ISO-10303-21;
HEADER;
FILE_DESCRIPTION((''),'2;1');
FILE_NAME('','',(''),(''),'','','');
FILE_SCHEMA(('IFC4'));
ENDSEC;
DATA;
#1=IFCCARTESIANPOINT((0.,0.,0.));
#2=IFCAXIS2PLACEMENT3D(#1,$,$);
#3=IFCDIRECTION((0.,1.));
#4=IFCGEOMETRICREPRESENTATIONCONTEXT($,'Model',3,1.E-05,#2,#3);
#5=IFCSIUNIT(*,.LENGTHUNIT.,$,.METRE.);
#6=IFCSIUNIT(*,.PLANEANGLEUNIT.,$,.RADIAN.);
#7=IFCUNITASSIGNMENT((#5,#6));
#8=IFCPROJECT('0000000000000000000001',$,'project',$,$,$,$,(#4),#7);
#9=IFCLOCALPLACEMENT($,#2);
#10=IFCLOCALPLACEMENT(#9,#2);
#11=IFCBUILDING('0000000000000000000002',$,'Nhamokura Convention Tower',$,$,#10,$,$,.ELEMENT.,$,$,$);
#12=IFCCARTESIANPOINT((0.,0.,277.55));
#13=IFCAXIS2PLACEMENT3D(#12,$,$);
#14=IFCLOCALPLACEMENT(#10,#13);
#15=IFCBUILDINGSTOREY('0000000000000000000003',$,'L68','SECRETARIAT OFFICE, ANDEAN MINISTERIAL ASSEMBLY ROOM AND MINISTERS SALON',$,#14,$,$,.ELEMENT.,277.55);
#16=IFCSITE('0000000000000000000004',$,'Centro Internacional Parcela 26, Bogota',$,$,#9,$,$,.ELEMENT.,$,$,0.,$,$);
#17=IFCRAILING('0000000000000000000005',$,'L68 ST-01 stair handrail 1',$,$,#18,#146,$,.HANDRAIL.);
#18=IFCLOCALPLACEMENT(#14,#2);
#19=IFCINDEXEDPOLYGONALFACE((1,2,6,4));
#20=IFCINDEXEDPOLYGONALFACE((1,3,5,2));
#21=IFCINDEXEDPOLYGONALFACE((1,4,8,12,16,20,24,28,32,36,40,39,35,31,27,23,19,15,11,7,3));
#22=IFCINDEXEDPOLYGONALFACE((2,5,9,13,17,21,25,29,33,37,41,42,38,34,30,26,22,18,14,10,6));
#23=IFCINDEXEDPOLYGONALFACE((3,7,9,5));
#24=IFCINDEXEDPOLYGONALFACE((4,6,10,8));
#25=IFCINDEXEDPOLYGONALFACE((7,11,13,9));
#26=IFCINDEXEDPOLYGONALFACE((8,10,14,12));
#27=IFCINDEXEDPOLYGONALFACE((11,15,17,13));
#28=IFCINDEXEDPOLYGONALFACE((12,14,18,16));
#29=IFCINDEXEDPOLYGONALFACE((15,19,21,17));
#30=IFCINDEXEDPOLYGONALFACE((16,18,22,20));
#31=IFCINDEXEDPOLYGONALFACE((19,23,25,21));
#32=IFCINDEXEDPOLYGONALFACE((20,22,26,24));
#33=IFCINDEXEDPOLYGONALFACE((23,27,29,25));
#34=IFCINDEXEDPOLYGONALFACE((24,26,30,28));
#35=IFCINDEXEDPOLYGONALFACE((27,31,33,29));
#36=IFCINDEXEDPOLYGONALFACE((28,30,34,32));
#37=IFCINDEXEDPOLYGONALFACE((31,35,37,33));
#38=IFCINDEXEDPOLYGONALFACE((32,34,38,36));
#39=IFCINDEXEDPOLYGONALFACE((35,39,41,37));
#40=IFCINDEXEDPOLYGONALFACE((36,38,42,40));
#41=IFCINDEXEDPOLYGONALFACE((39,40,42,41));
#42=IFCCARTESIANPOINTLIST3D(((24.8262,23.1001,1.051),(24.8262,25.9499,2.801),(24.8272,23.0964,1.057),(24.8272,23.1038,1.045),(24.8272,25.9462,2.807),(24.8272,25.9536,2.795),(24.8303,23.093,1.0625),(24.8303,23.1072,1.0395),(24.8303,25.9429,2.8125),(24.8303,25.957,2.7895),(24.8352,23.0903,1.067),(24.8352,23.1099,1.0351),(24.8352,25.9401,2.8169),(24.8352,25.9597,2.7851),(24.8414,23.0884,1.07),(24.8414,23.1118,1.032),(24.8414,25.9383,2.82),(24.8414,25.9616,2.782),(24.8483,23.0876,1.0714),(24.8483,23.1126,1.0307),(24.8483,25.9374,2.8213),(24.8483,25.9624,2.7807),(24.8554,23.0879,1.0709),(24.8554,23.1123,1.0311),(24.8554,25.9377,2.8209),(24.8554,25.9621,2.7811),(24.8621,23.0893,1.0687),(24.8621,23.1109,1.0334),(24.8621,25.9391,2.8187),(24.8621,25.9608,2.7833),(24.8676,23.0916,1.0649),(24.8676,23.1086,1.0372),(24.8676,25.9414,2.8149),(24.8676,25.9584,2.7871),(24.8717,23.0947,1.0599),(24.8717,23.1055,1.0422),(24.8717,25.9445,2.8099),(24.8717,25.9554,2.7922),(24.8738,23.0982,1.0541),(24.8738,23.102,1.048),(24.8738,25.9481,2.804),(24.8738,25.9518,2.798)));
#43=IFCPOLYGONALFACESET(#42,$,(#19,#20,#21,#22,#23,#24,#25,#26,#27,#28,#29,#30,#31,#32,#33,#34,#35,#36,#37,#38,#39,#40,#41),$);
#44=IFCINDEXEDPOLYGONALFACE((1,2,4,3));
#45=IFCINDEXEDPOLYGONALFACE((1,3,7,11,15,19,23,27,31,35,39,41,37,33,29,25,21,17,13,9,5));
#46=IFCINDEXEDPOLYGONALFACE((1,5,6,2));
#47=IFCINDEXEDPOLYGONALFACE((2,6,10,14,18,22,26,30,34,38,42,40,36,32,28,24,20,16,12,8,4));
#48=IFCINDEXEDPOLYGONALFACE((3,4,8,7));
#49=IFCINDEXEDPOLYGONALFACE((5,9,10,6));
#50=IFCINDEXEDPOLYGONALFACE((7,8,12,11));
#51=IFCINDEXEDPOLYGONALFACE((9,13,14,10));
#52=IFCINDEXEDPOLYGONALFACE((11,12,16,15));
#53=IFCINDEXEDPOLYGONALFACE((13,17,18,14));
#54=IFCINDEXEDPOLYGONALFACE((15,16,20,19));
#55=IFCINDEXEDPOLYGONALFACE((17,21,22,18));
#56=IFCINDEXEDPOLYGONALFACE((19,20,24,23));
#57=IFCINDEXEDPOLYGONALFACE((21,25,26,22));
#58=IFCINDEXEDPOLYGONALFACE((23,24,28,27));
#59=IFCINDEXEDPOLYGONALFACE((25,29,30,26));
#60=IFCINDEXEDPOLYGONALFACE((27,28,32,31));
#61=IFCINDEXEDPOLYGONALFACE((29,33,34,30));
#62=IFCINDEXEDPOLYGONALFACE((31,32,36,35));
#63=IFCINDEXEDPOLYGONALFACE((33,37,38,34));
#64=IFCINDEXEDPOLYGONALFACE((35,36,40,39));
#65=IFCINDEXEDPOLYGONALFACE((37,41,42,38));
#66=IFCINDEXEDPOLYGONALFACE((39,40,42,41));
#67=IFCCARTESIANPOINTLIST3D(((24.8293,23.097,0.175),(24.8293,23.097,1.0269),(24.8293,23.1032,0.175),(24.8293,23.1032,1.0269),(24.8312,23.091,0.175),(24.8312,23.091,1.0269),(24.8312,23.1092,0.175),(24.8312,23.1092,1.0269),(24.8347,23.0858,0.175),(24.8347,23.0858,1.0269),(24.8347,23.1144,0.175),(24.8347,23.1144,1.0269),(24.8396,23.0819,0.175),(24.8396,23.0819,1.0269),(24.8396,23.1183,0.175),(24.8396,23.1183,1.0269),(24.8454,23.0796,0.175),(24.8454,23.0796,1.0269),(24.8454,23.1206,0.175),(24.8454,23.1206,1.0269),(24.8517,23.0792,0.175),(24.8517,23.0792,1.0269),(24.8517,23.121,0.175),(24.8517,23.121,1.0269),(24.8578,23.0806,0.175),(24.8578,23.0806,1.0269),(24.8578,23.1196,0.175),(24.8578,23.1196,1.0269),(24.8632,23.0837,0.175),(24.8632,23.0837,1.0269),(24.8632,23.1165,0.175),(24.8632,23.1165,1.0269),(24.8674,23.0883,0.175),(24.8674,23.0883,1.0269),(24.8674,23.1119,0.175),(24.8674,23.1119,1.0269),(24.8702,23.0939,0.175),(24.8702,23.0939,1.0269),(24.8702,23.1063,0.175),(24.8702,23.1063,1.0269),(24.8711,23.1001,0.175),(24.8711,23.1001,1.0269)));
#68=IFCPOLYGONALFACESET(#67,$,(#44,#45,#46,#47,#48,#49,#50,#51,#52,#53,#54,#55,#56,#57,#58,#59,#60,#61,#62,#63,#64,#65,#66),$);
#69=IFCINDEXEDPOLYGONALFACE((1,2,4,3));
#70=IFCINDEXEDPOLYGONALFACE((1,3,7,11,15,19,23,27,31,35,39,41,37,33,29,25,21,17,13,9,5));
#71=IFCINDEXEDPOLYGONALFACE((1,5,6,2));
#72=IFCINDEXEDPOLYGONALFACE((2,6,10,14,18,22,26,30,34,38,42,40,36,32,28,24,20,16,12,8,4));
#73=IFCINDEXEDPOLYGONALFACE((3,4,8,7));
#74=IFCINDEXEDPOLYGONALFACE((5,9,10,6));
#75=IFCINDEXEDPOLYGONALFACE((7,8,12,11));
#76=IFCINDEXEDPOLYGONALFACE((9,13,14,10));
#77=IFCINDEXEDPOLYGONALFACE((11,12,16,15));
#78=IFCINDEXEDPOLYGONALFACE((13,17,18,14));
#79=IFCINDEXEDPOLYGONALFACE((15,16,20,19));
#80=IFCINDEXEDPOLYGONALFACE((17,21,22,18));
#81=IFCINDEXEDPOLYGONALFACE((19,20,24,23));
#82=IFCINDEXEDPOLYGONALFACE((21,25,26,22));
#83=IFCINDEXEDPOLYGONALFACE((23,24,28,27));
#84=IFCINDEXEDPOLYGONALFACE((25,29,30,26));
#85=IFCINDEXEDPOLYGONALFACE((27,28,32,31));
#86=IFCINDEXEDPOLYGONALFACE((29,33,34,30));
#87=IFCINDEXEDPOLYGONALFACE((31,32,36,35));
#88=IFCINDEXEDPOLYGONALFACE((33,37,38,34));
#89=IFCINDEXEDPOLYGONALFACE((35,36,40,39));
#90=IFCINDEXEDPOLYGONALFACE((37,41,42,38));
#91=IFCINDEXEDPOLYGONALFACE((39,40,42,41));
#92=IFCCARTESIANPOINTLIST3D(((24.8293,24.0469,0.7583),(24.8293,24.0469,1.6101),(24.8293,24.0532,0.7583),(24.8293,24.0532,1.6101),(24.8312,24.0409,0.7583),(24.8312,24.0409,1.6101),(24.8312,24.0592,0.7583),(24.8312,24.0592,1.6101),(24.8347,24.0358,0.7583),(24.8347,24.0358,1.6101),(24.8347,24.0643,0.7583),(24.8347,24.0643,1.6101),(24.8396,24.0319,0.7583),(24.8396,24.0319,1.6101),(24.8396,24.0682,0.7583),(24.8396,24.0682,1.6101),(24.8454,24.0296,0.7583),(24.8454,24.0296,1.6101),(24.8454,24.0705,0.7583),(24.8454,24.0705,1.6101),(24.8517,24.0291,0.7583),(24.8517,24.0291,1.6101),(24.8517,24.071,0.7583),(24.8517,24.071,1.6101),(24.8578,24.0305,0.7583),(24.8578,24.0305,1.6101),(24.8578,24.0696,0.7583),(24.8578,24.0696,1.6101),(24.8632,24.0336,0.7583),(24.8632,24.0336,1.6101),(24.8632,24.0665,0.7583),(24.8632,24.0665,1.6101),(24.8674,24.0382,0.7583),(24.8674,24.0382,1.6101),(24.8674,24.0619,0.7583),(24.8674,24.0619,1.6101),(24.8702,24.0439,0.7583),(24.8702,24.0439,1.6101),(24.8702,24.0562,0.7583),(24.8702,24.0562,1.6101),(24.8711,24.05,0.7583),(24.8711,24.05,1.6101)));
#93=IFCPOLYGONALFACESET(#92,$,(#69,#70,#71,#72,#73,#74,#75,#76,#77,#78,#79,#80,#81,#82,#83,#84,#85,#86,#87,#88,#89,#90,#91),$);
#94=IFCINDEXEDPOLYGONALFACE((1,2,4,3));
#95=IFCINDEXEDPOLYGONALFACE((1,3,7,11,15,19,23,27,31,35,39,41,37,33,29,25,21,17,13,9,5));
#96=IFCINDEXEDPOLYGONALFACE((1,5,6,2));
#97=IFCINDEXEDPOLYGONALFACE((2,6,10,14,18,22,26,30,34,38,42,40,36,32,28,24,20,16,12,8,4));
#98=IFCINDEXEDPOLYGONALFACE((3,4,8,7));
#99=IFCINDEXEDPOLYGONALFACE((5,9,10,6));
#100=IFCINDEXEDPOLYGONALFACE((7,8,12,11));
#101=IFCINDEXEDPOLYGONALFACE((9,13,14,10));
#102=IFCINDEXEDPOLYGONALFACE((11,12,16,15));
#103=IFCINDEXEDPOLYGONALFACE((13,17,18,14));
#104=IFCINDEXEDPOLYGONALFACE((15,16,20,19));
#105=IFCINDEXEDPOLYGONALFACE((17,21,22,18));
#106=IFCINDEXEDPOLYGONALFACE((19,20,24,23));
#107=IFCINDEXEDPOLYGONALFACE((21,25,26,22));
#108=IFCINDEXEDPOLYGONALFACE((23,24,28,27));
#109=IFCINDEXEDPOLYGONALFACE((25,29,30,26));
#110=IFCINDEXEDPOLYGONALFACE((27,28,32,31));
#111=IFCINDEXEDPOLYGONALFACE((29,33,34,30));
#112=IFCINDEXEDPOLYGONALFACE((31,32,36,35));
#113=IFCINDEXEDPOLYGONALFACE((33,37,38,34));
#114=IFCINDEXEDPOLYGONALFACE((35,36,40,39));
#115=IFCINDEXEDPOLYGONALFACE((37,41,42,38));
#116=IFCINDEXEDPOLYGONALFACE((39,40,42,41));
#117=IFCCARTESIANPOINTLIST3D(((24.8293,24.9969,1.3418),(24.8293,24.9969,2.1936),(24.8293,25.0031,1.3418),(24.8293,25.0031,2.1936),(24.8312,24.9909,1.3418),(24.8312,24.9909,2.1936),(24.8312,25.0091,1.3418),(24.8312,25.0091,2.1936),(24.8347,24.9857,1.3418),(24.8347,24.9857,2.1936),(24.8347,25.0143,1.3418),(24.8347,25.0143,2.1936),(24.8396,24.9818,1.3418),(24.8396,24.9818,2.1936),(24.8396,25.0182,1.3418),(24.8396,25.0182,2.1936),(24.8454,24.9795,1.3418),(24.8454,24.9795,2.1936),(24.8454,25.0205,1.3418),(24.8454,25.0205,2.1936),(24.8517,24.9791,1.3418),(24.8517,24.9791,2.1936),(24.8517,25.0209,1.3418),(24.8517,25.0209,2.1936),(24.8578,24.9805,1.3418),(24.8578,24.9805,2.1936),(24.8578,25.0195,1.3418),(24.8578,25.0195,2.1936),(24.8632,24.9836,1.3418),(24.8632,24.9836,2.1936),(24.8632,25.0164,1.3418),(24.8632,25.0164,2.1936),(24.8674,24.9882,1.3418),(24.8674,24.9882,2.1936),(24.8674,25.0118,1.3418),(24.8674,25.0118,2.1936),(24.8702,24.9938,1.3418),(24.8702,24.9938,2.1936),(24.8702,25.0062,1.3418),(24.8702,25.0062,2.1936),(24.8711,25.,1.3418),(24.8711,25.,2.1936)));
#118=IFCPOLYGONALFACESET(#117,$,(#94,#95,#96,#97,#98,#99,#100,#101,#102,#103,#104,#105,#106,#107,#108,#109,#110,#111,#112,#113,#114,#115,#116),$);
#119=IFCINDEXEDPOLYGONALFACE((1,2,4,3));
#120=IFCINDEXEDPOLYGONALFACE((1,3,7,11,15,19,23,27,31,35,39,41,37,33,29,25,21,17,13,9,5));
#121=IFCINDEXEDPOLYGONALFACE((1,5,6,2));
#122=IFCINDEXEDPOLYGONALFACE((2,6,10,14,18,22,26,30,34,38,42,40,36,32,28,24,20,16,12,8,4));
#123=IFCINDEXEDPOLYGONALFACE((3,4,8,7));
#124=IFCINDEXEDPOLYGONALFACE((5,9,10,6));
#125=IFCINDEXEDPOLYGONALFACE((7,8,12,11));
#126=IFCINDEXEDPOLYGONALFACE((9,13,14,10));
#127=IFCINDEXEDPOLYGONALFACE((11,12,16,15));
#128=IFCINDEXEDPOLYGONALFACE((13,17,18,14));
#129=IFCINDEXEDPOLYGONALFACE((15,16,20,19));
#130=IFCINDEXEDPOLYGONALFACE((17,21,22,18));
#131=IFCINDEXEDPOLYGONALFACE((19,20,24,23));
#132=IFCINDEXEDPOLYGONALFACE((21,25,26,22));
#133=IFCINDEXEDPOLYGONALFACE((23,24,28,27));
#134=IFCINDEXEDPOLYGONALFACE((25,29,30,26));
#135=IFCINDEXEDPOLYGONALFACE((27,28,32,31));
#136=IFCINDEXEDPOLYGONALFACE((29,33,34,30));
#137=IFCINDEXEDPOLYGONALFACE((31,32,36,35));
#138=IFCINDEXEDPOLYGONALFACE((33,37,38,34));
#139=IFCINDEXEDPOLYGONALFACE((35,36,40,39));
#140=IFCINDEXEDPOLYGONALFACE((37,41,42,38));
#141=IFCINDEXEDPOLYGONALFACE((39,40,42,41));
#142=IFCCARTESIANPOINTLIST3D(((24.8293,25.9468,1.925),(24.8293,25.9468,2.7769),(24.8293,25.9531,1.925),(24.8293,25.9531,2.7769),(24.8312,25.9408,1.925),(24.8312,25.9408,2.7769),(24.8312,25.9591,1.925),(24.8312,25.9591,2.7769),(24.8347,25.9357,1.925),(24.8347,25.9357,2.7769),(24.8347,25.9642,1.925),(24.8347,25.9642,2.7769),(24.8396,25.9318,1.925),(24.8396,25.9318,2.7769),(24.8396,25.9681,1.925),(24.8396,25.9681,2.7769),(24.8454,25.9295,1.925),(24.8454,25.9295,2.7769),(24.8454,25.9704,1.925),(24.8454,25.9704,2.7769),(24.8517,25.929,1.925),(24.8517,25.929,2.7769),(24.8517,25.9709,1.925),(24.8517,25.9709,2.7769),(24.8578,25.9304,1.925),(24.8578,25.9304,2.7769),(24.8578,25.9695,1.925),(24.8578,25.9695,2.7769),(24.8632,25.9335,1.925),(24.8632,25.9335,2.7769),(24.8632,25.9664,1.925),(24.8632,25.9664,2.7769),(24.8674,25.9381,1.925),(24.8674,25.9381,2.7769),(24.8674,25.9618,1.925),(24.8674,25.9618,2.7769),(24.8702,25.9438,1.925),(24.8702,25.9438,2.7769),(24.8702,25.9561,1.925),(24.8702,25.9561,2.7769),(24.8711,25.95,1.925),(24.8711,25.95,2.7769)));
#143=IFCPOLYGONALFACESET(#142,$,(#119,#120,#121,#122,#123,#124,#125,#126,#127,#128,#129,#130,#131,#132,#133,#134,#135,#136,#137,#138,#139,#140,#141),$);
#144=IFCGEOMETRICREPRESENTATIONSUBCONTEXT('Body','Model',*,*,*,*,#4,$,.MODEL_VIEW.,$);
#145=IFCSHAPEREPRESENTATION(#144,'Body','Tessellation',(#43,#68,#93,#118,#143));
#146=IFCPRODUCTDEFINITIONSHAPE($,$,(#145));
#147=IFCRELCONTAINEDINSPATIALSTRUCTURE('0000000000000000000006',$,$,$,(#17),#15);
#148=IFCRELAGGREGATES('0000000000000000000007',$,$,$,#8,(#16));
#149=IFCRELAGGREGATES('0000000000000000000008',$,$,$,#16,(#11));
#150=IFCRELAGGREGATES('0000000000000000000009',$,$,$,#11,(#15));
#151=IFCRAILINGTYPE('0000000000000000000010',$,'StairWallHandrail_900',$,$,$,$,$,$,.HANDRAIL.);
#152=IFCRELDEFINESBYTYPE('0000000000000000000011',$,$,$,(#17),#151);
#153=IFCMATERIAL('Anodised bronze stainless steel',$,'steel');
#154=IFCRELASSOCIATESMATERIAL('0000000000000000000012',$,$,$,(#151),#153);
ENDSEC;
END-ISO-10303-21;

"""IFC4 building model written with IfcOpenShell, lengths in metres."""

from ifc_helpers import new_model, si_unit, direction, frame, origin, origin_2d, place, context, subcontext, project, spatial, circle, extrude, material, type_object, element, save


model = new_model("IFC4")

# Units and contexts
model_context = context("Model", 3, precision=1e-05, world=origin(), true_north=direction((0.0, 1.0)))
body_context = subcontext(model_context, "Body", "Model", "MODEL_VIEW")
ifc_project = project(units=[si_unit("LENGTHUNIT", "METRE"), si_unit("PLANEANGLEUNIT", "RADIAN")], contexts=[model_context])

# Site, building, storey
site_placement = place(None, origin())
site = spatial("IfcSite", under=ifc_project, at=site_placement, Name="Centro Internacional Parcela 26, Bogota", CompositionType="ELEMENT", RefElevation=0.0)
building_placement = place(site_placement, origin())
building = spatial("IfcBuilding", under=site, at=building_placement, Name="Nhamokura Convention Tower", CompositionType="ELEMENT")
storey_placement = place(building_placement, frame((0.0, 0.0, 277.55)))
storey = spatial("IfcBuildingStorey", under=building, at=storey_placement, Name="L68", Description="SECRETARIAT OFFICE, ANDEAN MINISTERIAL ASSEMBLY ROOM AND MINISTERS SALON", CompositionType="ELEMENT", Elevation=277.55)

# Railing
ifc_material_1 = material(Name="Anodised bronze stainless steel", Category="steel")
railing_type_1 = type_object("IfcRailingType", Name="StairWallHandrail_900", PredefinedType="HANDRAIL", material=ifc_material_1)
railing_1_placement = place(storey_placement, frame((24.8501, 23.1001, 0.175)))
element("IfcRailing", 1, at=railing_1_placement, inside=storey, type_object=railing_type_1, Name="L68 ST-01 stair handrail 1", PredefinedType="HANDRAIL", context=body_context, shape_type="SweptSolid", body=[
    extrude(circle(Radius=0.0239, at=origin_2d()), frame((0.0, 0.0, 0.876), z_axis=(0.0, 0.852159, 0.523283), x_axis=(-1.0, 0.0, 0.0)), (0.0, 0.0, 1.0), 3.3442),
    extrude(circle(Radius=0.021, at=origin_2d()), origin(), (0.0, 0.0, 1.0), 0.8518),
    extrude(circle(Radius=0.021, at=origin_2d()), frame((0.0, 0.95, 0.5833)), (0.0, 0.0, 1.0), 0.8518),
    extrude(circle(Radius=0.021, at=origin_2d()), frame((0.0, 1.8999, 1.1667)), (0.0, 0.0, 1.0), 0.8518),
    extrude(circle(Radius=0.021, at=origin_2d()), frame((0.0, 2.8499, 1.75)), (0.0, 0.0, 1.0), 0.8518),
])

save(model, "model.ifc")
